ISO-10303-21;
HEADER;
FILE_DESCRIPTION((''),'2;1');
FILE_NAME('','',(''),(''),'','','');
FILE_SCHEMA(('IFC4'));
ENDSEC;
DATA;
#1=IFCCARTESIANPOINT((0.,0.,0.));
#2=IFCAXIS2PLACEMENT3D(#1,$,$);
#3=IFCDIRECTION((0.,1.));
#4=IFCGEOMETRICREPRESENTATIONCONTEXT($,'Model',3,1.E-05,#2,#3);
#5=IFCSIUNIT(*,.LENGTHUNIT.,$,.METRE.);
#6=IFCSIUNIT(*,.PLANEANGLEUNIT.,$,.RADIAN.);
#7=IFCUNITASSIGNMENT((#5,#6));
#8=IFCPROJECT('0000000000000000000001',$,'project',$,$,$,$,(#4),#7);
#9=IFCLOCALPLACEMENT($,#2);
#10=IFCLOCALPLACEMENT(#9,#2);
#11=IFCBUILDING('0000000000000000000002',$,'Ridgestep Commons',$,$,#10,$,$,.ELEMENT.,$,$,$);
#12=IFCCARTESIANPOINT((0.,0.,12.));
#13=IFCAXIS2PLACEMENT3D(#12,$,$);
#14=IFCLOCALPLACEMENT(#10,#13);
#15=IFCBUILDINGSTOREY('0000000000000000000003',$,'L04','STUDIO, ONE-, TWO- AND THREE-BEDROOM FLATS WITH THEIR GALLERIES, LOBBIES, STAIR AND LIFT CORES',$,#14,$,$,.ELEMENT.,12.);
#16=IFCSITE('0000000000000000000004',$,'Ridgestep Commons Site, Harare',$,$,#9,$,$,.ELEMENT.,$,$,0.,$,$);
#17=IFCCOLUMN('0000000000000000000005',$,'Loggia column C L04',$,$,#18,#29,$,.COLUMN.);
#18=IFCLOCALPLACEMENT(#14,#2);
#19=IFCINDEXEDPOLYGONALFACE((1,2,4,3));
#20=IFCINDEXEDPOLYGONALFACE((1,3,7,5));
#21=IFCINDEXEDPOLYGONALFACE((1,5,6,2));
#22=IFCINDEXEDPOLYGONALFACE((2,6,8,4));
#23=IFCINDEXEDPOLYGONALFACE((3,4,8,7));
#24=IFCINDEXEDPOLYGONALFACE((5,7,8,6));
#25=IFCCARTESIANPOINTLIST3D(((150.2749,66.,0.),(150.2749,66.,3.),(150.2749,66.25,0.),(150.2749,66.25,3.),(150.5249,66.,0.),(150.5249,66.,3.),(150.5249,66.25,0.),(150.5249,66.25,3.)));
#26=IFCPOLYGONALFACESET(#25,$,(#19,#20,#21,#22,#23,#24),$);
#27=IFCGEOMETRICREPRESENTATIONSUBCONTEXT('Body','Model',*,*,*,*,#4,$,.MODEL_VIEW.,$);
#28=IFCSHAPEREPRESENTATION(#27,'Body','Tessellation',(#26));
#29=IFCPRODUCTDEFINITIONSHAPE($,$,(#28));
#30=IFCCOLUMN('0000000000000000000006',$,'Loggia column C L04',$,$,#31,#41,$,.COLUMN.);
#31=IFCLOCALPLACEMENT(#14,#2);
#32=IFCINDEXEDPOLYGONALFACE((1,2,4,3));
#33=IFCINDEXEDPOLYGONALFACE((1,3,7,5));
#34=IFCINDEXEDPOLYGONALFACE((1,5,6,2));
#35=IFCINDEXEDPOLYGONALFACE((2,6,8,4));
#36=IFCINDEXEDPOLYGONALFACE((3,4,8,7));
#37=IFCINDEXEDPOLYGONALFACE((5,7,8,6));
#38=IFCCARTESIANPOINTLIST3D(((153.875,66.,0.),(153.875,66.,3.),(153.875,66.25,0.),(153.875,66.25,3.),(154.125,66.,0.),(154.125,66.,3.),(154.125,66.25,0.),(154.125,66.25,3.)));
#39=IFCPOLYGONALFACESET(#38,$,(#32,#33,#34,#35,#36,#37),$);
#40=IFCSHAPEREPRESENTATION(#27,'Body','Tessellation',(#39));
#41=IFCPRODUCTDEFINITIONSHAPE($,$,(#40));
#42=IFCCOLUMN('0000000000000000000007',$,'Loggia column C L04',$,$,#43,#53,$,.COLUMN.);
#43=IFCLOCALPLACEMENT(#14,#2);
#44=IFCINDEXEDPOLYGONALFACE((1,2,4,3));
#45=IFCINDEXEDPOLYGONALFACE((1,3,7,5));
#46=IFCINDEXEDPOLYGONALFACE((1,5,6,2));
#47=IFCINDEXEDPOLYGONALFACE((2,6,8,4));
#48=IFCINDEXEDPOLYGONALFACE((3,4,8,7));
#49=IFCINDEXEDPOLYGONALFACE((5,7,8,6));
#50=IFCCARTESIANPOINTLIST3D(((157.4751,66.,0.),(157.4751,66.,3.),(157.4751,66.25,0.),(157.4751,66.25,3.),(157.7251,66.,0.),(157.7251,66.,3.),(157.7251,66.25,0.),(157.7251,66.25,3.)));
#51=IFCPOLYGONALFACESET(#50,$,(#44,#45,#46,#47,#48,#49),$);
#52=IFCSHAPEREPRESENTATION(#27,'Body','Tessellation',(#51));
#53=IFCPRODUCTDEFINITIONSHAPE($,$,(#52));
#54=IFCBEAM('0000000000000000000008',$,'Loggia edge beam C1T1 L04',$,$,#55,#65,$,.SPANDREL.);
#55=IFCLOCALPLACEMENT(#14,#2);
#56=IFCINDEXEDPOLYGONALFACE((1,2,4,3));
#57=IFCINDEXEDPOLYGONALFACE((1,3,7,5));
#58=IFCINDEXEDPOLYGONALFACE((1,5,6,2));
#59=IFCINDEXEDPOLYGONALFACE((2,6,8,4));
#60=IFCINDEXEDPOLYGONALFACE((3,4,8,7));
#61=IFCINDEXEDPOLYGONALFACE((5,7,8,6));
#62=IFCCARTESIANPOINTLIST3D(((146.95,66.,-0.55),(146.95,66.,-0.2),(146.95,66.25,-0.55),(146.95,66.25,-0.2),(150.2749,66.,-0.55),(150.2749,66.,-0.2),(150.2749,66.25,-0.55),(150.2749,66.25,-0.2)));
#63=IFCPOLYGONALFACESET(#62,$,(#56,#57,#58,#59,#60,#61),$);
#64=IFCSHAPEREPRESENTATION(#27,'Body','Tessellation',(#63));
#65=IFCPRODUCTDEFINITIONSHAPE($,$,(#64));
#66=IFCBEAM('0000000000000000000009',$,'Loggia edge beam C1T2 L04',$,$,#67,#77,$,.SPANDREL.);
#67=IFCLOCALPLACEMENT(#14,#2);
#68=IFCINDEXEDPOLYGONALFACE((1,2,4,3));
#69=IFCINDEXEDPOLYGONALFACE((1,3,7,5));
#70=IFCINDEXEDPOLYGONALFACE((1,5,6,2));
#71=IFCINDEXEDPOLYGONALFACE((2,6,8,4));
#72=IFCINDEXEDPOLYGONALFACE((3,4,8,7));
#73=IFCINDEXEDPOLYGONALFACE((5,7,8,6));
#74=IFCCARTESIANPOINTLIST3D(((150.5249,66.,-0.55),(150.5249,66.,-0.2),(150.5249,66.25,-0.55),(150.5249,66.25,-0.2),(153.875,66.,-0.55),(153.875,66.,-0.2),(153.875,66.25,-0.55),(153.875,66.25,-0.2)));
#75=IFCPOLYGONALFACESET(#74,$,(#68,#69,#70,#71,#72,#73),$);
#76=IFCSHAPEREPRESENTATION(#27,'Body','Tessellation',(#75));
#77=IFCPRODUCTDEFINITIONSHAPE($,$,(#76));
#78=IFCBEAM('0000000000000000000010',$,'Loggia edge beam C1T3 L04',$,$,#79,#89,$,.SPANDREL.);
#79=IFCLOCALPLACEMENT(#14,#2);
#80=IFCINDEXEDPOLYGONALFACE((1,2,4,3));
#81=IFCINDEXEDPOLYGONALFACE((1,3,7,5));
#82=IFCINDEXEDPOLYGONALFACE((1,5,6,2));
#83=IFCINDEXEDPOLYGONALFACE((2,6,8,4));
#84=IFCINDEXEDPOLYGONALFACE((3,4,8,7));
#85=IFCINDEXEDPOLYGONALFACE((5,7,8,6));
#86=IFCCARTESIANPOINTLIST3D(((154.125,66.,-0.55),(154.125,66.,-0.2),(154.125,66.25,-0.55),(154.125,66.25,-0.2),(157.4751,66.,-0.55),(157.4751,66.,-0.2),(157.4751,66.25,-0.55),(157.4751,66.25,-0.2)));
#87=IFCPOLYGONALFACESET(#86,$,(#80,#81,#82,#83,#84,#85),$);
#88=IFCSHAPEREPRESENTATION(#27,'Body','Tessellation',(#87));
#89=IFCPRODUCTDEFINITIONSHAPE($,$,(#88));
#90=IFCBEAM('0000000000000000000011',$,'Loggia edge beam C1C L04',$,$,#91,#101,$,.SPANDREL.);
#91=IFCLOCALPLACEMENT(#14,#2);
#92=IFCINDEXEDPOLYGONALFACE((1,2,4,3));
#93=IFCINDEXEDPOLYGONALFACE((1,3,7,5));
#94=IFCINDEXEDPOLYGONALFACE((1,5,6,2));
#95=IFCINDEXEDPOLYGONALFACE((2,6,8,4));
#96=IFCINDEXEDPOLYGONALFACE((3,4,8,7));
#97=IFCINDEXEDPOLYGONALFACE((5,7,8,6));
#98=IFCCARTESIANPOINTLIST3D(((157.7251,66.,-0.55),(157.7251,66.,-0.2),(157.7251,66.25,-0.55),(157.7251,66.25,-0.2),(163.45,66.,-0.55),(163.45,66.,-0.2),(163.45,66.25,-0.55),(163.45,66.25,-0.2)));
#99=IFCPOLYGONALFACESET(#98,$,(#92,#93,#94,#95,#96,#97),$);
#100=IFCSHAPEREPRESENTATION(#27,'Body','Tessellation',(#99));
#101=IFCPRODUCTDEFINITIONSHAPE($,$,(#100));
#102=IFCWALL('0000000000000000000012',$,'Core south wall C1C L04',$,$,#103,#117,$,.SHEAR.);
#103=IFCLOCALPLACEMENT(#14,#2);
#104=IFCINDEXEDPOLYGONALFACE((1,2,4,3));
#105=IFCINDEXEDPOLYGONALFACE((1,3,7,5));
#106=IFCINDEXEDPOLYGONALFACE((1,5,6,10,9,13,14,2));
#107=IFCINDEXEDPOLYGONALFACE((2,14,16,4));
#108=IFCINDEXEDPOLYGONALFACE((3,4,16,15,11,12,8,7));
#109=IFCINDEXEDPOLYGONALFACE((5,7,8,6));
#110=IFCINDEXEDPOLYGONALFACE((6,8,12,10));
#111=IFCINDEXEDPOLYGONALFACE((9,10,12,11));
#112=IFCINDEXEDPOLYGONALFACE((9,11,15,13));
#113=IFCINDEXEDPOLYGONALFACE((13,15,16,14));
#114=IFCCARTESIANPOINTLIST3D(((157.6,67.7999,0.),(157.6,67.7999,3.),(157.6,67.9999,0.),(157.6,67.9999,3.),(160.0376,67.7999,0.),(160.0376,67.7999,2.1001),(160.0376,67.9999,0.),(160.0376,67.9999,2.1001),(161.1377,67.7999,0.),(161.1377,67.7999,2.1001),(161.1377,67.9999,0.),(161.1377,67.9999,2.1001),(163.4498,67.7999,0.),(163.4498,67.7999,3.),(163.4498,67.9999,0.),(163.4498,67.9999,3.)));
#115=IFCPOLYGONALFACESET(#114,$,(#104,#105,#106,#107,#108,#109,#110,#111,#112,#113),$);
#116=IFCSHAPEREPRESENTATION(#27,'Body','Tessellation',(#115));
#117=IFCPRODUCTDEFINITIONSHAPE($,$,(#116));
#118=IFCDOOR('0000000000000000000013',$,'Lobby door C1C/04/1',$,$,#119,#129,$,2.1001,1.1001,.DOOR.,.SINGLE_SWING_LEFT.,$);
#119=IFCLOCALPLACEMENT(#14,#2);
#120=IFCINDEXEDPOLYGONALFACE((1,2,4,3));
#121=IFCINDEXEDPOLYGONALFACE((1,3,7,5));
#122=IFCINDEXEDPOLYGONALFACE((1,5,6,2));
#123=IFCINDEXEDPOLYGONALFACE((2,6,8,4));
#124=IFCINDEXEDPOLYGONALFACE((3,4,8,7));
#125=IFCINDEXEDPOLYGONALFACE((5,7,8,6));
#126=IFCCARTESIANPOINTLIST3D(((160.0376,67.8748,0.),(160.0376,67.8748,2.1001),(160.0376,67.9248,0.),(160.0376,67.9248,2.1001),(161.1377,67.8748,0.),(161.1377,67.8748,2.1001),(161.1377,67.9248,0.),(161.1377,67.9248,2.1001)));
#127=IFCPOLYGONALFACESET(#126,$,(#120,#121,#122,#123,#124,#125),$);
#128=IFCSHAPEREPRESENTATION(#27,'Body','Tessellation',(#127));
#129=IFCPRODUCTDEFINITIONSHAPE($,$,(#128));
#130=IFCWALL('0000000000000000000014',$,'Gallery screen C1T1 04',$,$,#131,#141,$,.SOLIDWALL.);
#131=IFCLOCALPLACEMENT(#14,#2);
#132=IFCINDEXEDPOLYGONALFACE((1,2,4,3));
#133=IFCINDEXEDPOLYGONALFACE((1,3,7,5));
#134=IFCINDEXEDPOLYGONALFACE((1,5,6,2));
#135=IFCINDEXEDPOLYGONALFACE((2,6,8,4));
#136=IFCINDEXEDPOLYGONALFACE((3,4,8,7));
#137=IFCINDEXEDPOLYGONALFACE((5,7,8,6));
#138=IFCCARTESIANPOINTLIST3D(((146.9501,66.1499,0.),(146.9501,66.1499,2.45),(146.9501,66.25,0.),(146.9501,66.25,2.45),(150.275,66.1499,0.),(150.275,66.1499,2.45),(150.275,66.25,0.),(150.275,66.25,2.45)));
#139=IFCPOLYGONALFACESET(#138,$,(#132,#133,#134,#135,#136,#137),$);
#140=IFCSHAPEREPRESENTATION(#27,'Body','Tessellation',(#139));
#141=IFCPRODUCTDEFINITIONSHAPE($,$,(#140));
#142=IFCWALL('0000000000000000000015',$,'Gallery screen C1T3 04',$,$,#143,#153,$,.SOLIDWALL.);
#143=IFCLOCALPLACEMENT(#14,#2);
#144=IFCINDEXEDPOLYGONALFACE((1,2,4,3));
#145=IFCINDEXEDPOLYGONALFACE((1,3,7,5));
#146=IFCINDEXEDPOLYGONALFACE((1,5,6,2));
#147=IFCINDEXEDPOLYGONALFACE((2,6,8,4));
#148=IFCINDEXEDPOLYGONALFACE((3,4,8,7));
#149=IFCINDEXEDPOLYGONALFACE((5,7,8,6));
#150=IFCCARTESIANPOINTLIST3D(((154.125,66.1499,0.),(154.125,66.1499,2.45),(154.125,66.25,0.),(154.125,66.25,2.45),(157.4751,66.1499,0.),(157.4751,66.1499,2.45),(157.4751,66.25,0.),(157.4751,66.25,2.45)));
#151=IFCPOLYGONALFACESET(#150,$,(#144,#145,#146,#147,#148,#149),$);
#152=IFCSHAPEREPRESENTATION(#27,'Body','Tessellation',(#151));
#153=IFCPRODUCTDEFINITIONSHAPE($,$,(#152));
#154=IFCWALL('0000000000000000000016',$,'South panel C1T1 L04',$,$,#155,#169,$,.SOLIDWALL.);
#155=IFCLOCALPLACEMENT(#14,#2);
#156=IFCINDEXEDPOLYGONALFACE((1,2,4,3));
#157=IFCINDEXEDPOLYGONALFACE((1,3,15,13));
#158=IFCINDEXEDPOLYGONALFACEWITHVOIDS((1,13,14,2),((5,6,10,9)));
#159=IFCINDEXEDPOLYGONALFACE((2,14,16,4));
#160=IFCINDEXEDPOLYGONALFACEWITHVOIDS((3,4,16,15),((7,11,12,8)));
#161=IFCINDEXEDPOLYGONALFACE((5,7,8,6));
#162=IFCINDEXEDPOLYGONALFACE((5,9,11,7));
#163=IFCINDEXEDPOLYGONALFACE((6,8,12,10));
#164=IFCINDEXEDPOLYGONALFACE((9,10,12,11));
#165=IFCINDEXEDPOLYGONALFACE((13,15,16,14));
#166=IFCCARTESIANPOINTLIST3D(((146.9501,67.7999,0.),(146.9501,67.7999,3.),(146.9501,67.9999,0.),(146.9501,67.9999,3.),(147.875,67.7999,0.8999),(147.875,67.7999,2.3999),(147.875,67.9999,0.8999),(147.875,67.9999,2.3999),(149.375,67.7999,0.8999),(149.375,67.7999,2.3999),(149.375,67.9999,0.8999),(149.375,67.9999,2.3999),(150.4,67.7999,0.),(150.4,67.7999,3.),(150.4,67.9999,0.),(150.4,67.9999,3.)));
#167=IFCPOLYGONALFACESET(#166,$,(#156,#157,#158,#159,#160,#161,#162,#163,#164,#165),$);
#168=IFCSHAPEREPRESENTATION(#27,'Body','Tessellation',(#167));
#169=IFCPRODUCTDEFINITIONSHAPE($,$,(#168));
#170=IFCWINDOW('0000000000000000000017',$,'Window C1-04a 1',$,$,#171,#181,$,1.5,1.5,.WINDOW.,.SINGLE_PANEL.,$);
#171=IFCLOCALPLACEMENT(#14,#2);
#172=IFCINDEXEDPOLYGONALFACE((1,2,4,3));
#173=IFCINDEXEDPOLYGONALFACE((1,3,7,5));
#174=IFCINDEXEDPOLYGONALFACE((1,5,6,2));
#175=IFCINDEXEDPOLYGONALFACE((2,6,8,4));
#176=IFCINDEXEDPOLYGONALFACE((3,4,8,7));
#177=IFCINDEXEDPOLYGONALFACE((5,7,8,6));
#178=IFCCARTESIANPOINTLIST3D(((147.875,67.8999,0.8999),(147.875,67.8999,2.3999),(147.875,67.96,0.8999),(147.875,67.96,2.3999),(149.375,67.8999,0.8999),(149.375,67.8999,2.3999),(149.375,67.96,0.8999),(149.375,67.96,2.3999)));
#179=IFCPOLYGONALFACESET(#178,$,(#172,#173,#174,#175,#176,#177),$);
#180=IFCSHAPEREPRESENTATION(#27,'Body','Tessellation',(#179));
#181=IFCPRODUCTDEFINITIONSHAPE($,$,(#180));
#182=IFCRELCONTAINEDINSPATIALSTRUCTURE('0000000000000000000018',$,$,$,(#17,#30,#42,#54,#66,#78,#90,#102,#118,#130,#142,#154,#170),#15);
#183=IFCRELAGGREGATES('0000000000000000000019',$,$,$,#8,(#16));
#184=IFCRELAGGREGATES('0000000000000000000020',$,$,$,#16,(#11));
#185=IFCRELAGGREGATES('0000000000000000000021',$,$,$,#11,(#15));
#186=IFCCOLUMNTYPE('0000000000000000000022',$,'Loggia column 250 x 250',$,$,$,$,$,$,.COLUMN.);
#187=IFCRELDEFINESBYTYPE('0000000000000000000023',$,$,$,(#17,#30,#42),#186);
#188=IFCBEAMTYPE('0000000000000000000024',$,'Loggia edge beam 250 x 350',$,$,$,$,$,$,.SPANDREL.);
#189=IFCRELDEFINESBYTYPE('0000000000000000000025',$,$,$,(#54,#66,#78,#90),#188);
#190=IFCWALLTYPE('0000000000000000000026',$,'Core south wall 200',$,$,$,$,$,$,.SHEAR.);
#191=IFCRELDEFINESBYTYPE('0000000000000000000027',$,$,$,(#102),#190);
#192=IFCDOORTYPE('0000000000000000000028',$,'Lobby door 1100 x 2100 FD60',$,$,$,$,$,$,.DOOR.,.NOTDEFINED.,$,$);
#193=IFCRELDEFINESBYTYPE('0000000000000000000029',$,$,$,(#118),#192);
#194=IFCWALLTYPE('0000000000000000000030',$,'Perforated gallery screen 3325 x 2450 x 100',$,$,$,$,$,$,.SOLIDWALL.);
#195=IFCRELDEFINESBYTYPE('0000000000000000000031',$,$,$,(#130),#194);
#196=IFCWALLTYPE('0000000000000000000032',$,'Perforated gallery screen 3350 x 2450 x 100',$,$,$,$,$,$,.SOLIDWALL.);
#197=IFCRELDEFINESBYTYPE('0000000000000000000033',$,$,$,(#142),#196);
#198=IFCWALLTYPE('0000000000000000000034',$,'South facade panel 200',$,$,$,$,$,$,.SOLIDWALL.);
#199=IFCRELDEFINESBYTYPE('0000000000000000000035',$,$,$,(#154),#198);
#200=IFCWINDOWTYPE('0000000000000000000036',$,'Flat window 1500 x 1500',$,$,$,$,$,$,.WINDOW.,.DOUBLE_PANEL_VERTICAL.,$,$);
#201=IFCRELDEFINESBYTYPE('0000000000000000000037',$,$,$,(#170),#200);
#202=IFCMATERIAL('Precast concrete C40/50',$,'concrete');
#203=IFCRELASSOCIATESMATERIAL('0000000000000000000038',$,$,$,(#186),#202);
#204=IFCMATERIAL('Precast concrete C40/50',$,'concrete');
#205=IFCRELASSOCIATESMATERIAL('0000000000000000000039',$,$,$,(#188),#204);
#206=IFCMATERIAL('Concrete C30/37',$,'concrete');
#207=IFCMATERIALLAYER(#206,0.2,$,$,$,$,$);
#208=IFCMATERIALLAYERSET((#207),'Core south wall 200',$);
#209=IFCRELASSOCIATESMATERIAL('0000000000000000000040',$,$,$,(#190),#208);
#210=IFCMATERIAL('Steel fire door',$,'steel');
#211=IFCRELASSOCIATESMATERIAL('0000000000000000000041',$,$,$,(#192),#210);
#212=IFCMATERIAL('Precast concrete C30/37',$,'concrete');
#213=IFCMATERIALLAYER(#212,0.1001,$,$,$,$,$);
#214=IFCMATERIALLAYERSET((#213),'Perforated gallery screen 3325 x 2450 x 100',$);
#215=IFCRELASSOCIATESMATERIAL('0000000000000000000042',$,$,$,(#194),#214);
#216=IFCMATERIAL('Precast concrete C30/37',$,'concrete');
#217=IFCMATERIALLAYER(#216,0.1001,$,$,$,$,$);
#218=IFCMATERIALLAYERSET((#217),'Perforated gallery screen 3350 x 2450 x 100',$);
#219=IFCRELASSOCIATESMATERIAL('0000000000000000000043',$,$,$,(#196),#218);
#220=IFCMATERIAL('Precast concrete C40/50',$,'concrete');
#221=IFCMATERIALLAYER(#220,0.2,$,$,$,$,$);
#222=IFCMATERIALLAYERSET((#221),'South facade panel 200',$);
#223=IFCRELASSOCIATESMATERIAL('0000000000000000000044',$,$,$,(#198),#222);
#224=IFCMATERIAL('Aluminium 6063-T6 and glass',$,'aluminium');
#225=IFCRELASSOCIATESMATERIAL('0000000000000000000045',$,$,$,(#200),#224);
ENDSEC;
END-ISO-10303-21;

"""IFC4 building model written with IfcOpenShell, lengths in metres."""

from ifc_helpers import new_model, si_unit, direction, frame, frame_2d, origin, origin_2d, place, context, subcontext, project, spatial, rectangle, extrude, material, layer, layer_set, material_profile, profile_set, type_object, element, fill, save


model = new_model("IFC4")

# Units and contexts
model_context = context("Model", 3, precision=1e-05, world=origin(), true_north=direction((0.0, 1.0)))
body_context = subcontext(model_context, "Body", "Model", "MODEL_VIEW")
ifc_project = project(units=[si_unit("LENGTHUNIT", "METRE"), si_unit("PLANEANGLEUNIT", "RADIAN")], contexts=[model_context])

# Site, building, storey
site_placement = place(None, origin())
site = spatial("IfcSite", under=ifc_project, at=site_placement, Name="Ridgestep Commons Site, Harare", CompositionType="ELEMENT", RefElevation=0.0)
building_placement = place(site_placement, origin())
building = spatial("IfcBuilding", under=site, at=building_placement, Name="Ridgestep Commons", CompositionType="ELEMENT")
storey_placement = place(building_placement, frame((0.0, 0.0, 12.0)))
storey = spatial("IfcBuildingStorey", under=building, at=storey_placement, Name="L04", Description="STUDIO, ONE-, TWO- AND THREE-BEDROOM FLATS WITH THEIR GALLERIES, LOBBIES, STAIR AND LIFT CORES", CompositionType="ELEMENT", Elevation=12.0)

# Columns
ifc_material_1 = material(Name="Precast concrete C40/50", Category="concrete")
ifc_material_profile_1 = material_profile(ifc_material_1, rectangle(XDim=0.25, YDim=0.25, at=origin_2d()), Name="PC 250x250")
ifc_profile_set_1 = profile_set([ifc_material_profile_1], Name="Precast concrete C40/50")
column_type = type_object("IfcColumnType", Name="Loggia column 250 x 250", PredefinedType="COLUMN", material=ifc_profile_set_1)
for number, where, z_axis, x_axis, name in (
    (1, (150.3999, 66.125, 0.0), (0.0, 0.0, 1.0), (1.0, 0.0, 0.0), "Loggia column C L04"),
    (2, (154.0, 66.125, 0.0), (0.0, 0.0, 1.0), (1.0, 0.0, 0.0), "Loggia column C L04"),
    (3, (157.6001, 66.125, 0.0), (0.0, 0.0, 1.0), (1.0, 0.0, 0.0), "Loggia column C L04"),
):
    element("IfcColumn", number, at=place(storey_placement, frame(where, z_axis=z_axis, x_axis=x_axis)), inside=storey, type_object=column_type, Name=name, PredefinedType="COLUMN", context=body_context, shape_type="SweptSolid", body=[
        extrude(rectangle(XDim=0.25, YDim=0.25, at=origin_2d()), origin(), (0.0, 0.0, 1.0), 3.0),
    ])

# Beams
ifc_material_2 = material(Name="Precast concrete C40/50", Category="concrete")
ifc_material_profile_2 = material_profile(ifc_material_2, rectangle(XDim=0.25, YDim=0.3501, at=origin_2d()), Name="PC 250x350")
ifc_profile_set_2 = profile_set([ifc_material_profile_2], Name="Precast concrete C40/50")
beam_type = type_object("IfcBeamType", Name="Loggia edge beam 250 x 350", PredefinedType="SPANDREL", material=ifc_profile_set_2)
beam_1_placement = place(storey_placement, frame((146.95, 66.125, -0.375), z_axis=(1.0, 0.0, 0.0), x_axis=(0.0, 1.0, 0.0)))
element("IfcBeam", 4, at=beam_1_placement, inside=storey, type_object=beam_type, Name="Loggia edge beam C1T1 L04", PredefinedType="SPANDREL", context=body_context, shape_type="SweptSolid", body=[
    extrude(rectangle(XDim=0.25, YDim=0.3501, at=origin_2d()), origin(), (0.0, 0.0, 1.0), 3.325),
])
for number, where, z_axis, x_axis, name in (
    (5, (150.5249, 66.125, -0.375), (1.0, 0.0, 0.0), (0.0, 1.0, 0.0), "Loggia edge beam C1T2 L04"),
    (6, (154.125, 66.125, -0.375), (1.0, 0.0, 0.0), (0.0, 1.0, 0.0), "Loggia edge beam C1T3 L04"),
):
    element("IfcBeam", number, at=place(storey_placement, frame(where, z_axis=z_axis, x_axis=x_axis)), inside=storey, type_object=beam_type, Name=name, PredefinedType="SPANDREL", context=body_context, shape_type="SweptSolid", body=[
        extrude(rectangle(XDim=0.25, YDim=0.3501, at=origin_2d()), origin(), (0.0, 0.0, 1.0), 3.3501),
    ])
beam_2_placement = place(storey_placement, frame((157.7251, 66.125, -0.375), z_axis=(1.0, 0.0, 0.0), x_axis=(0.0, 1.0, 0.0)))
element("IfcBeam", 7, at=beam_2_placement, inside=storey, type_object=beam_type, Name="Loggia edge beam C1C L04", PredefinedType="SPANDREL", context=body_context, shape_type="SweptSolid", body=[
    extrude(rectangle(XDim=0.25, YDim=0.3501, at=origin_2d()), origin(), (0.0, 0.0, 1.0), 5.7249),
])

# Wall, opening, door
ifc_material_3 = material(Name="Concrete C30/37", Category="concrete")
ifc_layer_1 = layer(ifc_material_3, 0.2)
ifc_layer_set_1 = layer_set([ifc_layer_1], Name="Core south wall 200")
wall_type_1 = type_object("IfcWallType", Name="Core south wall 200", PredefinedType="SHEAR", material=ifc_layer_set_1)
wall_1_placement = place(storey_placement, frame((157.6001, 67.8999, 0.0), z_axis=(0.0, 0.0, 1.0), x_axis=(1.0, 0.0, 0.0)))
wall_1 = element("IfcWall", 8, at=wall_1_placement, inside=storey, type_object=wall_type_1, Name="Core south wall C1C L04", PredefinedType="SHEAR", context=body_context, shape_type="SweptSolid", body=[
    extrude(rectangle(XDim=5.8499, YDim=0.2, at=frame_2d((2.9248, 0.0))), origin(), (0.0, 0.0, 1.0), 3.0),
])
opening_1_placement = place(wall_1_placement, frame((2.4375, 0.0, 0.0)))
opening_1 = element("IfcOpeningElement", 9, at=opening_1_placement, cuts=wall_1, PredefinedType="OPENING", context=body_context, shape_type="SweptSolid", body=[
    extrude(rectangle(XDim=1.1001, YDim=2.1001, at=frame_2d((0.55, 1.05))), frame((0.0, 0.1099, 0.0), z_axis=(0.0, -1.0, 0.0), x_axis=(1.0, 0.0, 0.0)), (0.0, 0.0, 1.0), 0.22),
])
ifc_material_4 = material(Name="Steel fire door", Category="steel")
door_type_1 = type_object("IfcDoorType", Name="Lobby door 1100 x 2100 FD60", OperationType="NOTDEFINED", PredefinedType="DOOR", material=ifc_material_4)
door_1_placement = place(opening_1_placement, origin())
door_1 = element("IfcDoor", 10, at=door_1_placement, inside=storey, type_object=door_type_1, Name="Lobby door C1C/04/1", OperationType="SINGLE_SWING_LEFT", OverallHeight=2.1001, OverallWidth=1.1001, PredefinedType="DOOR", context=body_context, shape_type="SweptSolid", body=[
    extrude(rectangle(XDim=1.1001, YDim=2.1001, at=frame_2d((0.55, 1.05))), frame((0.0, 0.0249, 0.0), z_axis=(0.0, -1.0, 0.0), x_axis=(1.0, 0.0, 0.0)), (0.0, 0.0, 1.0), 0.05),
])
fill(opening_1, door_1)

# Walls
ifc_material_5 = material(Name="Precast concrete C30/37", Category="concrete")
ifc_layer_2 = layer(ifc_material_5, 0.1001)
ifc_layer_set_2 = layer_set([ifc_layer_2], Name="Perforated gallery screen 3325 x 2450 x 100")
wall_type_2 = type_object("IfcWallType", Name="Perforated gallery screen 3325 x 2450 x 100", PredefinedType="SOLIDWALL", material=ifc_layer_set_2)
wall_2_placement = place(storey_placement, frame((146.95, 66.2, 0.0), z_axis=(0.0, 0.0, 1.0), x_axis=(1.0, 0.0, 0.0)))
element("IfcWall", 11, at=wall_2_placement, inside=storey, type_object=wall_type_2, Name="Gallery screen C1T1 04", PredefinedType="SOLIDWALL", context=body_context, shape_type="SweptSolid", body=[
    extrude(rectangle(XDim=3.325, YDim=0.1001, at=frame_2d((1.6626, 0.0))), origin(), (0.0, 0.0, 1.0), 2.45),
])
ifc_material_6 = material(Name="Precast concrete C30/37", Category="concrete")
ifc_layer_3 = layer(ifc_material_6, 0.1001)
ifc_layer_set_3 = layer_set([ifc_layer_3], Name="Perforated gallery screen 3350 x 2450 x 100")
wall_type_3 = type_object("IfcWallType", Name="Perforated gallery screen 3350 x 2450 x 100", PredefinedType="SOLIDWALL", material=ifc_layer_set_3)
wall_3_placement = place(storey_placement, frame((154.125, 66.2, 0.0), z_axis=(0.0, 0.0, 1.0), x_axis=(1.0, 0.0, 0.0)))
element("IfcWall", 12, at=wall_3_placement, inside=storey, type_object=wall_type_3, Name="Gallery screen C1T3 04", PredefinedType="SOLIDWALL", context=body_context, shape_type="SweptSolid", body=[
    extrude(rectangle(XDim=3.3501, YDim=0.1001, at=frame_2d((1.675, 0.0))), origin(), (0.0, 0.0, 1.0), 2.45),
])

# Wall, opening, window
ifc_material_7 = material(Name="Precast concrete C40/50", Category="concrete")
ifc_layer_4 = layer(ifc_material_7, 0.2)
ifc_layer_set_4 = layer_set([ifc_layer_4], Name="South facade panel 200")
wall_type_4 = type_object("IfcWallType", Name="South facade panel 200", PredefinedType="SOLIDWALL", material=ifc_layer_set_4)
wall_4_placement = place(storey_placement, frame((146.95, 67.8999, 0.0), z_axis=(0.0, 0.0, 1.0), x_axis=(1.0, 0.0, 0.0)))
wall_4 = element("IfcWall", 13, at=wall_4_placement, inside=storey, type_object=wall_type_4, Name="South panel C1T1 L04", PredefinedType="SOLIDWALL", context=body_context, shape_type="SweptSolid", body=[
    extrude(rectangle(XDim=3.45, YDim=0.2, at=frame_2d((1.7251, 0.0))), origin(), (0.0, 0.0, 1.0), 3.0),
])
opening_2_placement = place(wall_4_placement, frame((0.925, 0.0, 0.8999)))
opening_2 = element("IfcOpeningElement", 14, at=opening_2_placement, cuts=wall_4, PredefinedType="OPENING", context=body_context, shape_type="SweptSolid", body=[
    extrude(rectangle(XDim=1.5, YDim=1.5, at=frame_2d((0.75, 0.75))), frame((0.0, 0.1099, 0.0), z_axis=(0.0, -1.0, 0.0), x_axis=(1.0, 0.0, 0.0)), (0.0, 0.0, 1.0), 0.22),
])
ifc_material_8 = material(Name="Aluminium 6063-T6 and glass", Category="aluminium")
window_type = type_object("IfcWindowType", Name="Flat window 1500 x 1500", PartitioningType="DOUBLE_PANEL_VERTICAL", PredefinedType="WINDOW", material=ifc_material_8)
window_1_placement = place(opening_2_placement, origin())
window_1 = element("IfcWindow", 15, at=window_1_placement, inside=storey, type_object=window_type, Name="Window C1-04a 1", OverallHeight=1.5, OverallWidth=1.5, PartitioningType="SINGLE_PANEL", PredefinedType="WINDOW", context=body_context, shape_type="SweptSolid", body=[
    extrude(rectangle(XDim=1.5, YDim=1.5, at=frame_2d((0.75, 0.75))), frame((0.0, 0.0601, 0.0), z_axis=(0.0, -1.0, 0.0), x_axis=(1.0, 0.0, 0.0)), (0.0, 0.0, 1.0), 0.0601),
])
fill(opening_2, window_1)

save(model, "model.ifc")
